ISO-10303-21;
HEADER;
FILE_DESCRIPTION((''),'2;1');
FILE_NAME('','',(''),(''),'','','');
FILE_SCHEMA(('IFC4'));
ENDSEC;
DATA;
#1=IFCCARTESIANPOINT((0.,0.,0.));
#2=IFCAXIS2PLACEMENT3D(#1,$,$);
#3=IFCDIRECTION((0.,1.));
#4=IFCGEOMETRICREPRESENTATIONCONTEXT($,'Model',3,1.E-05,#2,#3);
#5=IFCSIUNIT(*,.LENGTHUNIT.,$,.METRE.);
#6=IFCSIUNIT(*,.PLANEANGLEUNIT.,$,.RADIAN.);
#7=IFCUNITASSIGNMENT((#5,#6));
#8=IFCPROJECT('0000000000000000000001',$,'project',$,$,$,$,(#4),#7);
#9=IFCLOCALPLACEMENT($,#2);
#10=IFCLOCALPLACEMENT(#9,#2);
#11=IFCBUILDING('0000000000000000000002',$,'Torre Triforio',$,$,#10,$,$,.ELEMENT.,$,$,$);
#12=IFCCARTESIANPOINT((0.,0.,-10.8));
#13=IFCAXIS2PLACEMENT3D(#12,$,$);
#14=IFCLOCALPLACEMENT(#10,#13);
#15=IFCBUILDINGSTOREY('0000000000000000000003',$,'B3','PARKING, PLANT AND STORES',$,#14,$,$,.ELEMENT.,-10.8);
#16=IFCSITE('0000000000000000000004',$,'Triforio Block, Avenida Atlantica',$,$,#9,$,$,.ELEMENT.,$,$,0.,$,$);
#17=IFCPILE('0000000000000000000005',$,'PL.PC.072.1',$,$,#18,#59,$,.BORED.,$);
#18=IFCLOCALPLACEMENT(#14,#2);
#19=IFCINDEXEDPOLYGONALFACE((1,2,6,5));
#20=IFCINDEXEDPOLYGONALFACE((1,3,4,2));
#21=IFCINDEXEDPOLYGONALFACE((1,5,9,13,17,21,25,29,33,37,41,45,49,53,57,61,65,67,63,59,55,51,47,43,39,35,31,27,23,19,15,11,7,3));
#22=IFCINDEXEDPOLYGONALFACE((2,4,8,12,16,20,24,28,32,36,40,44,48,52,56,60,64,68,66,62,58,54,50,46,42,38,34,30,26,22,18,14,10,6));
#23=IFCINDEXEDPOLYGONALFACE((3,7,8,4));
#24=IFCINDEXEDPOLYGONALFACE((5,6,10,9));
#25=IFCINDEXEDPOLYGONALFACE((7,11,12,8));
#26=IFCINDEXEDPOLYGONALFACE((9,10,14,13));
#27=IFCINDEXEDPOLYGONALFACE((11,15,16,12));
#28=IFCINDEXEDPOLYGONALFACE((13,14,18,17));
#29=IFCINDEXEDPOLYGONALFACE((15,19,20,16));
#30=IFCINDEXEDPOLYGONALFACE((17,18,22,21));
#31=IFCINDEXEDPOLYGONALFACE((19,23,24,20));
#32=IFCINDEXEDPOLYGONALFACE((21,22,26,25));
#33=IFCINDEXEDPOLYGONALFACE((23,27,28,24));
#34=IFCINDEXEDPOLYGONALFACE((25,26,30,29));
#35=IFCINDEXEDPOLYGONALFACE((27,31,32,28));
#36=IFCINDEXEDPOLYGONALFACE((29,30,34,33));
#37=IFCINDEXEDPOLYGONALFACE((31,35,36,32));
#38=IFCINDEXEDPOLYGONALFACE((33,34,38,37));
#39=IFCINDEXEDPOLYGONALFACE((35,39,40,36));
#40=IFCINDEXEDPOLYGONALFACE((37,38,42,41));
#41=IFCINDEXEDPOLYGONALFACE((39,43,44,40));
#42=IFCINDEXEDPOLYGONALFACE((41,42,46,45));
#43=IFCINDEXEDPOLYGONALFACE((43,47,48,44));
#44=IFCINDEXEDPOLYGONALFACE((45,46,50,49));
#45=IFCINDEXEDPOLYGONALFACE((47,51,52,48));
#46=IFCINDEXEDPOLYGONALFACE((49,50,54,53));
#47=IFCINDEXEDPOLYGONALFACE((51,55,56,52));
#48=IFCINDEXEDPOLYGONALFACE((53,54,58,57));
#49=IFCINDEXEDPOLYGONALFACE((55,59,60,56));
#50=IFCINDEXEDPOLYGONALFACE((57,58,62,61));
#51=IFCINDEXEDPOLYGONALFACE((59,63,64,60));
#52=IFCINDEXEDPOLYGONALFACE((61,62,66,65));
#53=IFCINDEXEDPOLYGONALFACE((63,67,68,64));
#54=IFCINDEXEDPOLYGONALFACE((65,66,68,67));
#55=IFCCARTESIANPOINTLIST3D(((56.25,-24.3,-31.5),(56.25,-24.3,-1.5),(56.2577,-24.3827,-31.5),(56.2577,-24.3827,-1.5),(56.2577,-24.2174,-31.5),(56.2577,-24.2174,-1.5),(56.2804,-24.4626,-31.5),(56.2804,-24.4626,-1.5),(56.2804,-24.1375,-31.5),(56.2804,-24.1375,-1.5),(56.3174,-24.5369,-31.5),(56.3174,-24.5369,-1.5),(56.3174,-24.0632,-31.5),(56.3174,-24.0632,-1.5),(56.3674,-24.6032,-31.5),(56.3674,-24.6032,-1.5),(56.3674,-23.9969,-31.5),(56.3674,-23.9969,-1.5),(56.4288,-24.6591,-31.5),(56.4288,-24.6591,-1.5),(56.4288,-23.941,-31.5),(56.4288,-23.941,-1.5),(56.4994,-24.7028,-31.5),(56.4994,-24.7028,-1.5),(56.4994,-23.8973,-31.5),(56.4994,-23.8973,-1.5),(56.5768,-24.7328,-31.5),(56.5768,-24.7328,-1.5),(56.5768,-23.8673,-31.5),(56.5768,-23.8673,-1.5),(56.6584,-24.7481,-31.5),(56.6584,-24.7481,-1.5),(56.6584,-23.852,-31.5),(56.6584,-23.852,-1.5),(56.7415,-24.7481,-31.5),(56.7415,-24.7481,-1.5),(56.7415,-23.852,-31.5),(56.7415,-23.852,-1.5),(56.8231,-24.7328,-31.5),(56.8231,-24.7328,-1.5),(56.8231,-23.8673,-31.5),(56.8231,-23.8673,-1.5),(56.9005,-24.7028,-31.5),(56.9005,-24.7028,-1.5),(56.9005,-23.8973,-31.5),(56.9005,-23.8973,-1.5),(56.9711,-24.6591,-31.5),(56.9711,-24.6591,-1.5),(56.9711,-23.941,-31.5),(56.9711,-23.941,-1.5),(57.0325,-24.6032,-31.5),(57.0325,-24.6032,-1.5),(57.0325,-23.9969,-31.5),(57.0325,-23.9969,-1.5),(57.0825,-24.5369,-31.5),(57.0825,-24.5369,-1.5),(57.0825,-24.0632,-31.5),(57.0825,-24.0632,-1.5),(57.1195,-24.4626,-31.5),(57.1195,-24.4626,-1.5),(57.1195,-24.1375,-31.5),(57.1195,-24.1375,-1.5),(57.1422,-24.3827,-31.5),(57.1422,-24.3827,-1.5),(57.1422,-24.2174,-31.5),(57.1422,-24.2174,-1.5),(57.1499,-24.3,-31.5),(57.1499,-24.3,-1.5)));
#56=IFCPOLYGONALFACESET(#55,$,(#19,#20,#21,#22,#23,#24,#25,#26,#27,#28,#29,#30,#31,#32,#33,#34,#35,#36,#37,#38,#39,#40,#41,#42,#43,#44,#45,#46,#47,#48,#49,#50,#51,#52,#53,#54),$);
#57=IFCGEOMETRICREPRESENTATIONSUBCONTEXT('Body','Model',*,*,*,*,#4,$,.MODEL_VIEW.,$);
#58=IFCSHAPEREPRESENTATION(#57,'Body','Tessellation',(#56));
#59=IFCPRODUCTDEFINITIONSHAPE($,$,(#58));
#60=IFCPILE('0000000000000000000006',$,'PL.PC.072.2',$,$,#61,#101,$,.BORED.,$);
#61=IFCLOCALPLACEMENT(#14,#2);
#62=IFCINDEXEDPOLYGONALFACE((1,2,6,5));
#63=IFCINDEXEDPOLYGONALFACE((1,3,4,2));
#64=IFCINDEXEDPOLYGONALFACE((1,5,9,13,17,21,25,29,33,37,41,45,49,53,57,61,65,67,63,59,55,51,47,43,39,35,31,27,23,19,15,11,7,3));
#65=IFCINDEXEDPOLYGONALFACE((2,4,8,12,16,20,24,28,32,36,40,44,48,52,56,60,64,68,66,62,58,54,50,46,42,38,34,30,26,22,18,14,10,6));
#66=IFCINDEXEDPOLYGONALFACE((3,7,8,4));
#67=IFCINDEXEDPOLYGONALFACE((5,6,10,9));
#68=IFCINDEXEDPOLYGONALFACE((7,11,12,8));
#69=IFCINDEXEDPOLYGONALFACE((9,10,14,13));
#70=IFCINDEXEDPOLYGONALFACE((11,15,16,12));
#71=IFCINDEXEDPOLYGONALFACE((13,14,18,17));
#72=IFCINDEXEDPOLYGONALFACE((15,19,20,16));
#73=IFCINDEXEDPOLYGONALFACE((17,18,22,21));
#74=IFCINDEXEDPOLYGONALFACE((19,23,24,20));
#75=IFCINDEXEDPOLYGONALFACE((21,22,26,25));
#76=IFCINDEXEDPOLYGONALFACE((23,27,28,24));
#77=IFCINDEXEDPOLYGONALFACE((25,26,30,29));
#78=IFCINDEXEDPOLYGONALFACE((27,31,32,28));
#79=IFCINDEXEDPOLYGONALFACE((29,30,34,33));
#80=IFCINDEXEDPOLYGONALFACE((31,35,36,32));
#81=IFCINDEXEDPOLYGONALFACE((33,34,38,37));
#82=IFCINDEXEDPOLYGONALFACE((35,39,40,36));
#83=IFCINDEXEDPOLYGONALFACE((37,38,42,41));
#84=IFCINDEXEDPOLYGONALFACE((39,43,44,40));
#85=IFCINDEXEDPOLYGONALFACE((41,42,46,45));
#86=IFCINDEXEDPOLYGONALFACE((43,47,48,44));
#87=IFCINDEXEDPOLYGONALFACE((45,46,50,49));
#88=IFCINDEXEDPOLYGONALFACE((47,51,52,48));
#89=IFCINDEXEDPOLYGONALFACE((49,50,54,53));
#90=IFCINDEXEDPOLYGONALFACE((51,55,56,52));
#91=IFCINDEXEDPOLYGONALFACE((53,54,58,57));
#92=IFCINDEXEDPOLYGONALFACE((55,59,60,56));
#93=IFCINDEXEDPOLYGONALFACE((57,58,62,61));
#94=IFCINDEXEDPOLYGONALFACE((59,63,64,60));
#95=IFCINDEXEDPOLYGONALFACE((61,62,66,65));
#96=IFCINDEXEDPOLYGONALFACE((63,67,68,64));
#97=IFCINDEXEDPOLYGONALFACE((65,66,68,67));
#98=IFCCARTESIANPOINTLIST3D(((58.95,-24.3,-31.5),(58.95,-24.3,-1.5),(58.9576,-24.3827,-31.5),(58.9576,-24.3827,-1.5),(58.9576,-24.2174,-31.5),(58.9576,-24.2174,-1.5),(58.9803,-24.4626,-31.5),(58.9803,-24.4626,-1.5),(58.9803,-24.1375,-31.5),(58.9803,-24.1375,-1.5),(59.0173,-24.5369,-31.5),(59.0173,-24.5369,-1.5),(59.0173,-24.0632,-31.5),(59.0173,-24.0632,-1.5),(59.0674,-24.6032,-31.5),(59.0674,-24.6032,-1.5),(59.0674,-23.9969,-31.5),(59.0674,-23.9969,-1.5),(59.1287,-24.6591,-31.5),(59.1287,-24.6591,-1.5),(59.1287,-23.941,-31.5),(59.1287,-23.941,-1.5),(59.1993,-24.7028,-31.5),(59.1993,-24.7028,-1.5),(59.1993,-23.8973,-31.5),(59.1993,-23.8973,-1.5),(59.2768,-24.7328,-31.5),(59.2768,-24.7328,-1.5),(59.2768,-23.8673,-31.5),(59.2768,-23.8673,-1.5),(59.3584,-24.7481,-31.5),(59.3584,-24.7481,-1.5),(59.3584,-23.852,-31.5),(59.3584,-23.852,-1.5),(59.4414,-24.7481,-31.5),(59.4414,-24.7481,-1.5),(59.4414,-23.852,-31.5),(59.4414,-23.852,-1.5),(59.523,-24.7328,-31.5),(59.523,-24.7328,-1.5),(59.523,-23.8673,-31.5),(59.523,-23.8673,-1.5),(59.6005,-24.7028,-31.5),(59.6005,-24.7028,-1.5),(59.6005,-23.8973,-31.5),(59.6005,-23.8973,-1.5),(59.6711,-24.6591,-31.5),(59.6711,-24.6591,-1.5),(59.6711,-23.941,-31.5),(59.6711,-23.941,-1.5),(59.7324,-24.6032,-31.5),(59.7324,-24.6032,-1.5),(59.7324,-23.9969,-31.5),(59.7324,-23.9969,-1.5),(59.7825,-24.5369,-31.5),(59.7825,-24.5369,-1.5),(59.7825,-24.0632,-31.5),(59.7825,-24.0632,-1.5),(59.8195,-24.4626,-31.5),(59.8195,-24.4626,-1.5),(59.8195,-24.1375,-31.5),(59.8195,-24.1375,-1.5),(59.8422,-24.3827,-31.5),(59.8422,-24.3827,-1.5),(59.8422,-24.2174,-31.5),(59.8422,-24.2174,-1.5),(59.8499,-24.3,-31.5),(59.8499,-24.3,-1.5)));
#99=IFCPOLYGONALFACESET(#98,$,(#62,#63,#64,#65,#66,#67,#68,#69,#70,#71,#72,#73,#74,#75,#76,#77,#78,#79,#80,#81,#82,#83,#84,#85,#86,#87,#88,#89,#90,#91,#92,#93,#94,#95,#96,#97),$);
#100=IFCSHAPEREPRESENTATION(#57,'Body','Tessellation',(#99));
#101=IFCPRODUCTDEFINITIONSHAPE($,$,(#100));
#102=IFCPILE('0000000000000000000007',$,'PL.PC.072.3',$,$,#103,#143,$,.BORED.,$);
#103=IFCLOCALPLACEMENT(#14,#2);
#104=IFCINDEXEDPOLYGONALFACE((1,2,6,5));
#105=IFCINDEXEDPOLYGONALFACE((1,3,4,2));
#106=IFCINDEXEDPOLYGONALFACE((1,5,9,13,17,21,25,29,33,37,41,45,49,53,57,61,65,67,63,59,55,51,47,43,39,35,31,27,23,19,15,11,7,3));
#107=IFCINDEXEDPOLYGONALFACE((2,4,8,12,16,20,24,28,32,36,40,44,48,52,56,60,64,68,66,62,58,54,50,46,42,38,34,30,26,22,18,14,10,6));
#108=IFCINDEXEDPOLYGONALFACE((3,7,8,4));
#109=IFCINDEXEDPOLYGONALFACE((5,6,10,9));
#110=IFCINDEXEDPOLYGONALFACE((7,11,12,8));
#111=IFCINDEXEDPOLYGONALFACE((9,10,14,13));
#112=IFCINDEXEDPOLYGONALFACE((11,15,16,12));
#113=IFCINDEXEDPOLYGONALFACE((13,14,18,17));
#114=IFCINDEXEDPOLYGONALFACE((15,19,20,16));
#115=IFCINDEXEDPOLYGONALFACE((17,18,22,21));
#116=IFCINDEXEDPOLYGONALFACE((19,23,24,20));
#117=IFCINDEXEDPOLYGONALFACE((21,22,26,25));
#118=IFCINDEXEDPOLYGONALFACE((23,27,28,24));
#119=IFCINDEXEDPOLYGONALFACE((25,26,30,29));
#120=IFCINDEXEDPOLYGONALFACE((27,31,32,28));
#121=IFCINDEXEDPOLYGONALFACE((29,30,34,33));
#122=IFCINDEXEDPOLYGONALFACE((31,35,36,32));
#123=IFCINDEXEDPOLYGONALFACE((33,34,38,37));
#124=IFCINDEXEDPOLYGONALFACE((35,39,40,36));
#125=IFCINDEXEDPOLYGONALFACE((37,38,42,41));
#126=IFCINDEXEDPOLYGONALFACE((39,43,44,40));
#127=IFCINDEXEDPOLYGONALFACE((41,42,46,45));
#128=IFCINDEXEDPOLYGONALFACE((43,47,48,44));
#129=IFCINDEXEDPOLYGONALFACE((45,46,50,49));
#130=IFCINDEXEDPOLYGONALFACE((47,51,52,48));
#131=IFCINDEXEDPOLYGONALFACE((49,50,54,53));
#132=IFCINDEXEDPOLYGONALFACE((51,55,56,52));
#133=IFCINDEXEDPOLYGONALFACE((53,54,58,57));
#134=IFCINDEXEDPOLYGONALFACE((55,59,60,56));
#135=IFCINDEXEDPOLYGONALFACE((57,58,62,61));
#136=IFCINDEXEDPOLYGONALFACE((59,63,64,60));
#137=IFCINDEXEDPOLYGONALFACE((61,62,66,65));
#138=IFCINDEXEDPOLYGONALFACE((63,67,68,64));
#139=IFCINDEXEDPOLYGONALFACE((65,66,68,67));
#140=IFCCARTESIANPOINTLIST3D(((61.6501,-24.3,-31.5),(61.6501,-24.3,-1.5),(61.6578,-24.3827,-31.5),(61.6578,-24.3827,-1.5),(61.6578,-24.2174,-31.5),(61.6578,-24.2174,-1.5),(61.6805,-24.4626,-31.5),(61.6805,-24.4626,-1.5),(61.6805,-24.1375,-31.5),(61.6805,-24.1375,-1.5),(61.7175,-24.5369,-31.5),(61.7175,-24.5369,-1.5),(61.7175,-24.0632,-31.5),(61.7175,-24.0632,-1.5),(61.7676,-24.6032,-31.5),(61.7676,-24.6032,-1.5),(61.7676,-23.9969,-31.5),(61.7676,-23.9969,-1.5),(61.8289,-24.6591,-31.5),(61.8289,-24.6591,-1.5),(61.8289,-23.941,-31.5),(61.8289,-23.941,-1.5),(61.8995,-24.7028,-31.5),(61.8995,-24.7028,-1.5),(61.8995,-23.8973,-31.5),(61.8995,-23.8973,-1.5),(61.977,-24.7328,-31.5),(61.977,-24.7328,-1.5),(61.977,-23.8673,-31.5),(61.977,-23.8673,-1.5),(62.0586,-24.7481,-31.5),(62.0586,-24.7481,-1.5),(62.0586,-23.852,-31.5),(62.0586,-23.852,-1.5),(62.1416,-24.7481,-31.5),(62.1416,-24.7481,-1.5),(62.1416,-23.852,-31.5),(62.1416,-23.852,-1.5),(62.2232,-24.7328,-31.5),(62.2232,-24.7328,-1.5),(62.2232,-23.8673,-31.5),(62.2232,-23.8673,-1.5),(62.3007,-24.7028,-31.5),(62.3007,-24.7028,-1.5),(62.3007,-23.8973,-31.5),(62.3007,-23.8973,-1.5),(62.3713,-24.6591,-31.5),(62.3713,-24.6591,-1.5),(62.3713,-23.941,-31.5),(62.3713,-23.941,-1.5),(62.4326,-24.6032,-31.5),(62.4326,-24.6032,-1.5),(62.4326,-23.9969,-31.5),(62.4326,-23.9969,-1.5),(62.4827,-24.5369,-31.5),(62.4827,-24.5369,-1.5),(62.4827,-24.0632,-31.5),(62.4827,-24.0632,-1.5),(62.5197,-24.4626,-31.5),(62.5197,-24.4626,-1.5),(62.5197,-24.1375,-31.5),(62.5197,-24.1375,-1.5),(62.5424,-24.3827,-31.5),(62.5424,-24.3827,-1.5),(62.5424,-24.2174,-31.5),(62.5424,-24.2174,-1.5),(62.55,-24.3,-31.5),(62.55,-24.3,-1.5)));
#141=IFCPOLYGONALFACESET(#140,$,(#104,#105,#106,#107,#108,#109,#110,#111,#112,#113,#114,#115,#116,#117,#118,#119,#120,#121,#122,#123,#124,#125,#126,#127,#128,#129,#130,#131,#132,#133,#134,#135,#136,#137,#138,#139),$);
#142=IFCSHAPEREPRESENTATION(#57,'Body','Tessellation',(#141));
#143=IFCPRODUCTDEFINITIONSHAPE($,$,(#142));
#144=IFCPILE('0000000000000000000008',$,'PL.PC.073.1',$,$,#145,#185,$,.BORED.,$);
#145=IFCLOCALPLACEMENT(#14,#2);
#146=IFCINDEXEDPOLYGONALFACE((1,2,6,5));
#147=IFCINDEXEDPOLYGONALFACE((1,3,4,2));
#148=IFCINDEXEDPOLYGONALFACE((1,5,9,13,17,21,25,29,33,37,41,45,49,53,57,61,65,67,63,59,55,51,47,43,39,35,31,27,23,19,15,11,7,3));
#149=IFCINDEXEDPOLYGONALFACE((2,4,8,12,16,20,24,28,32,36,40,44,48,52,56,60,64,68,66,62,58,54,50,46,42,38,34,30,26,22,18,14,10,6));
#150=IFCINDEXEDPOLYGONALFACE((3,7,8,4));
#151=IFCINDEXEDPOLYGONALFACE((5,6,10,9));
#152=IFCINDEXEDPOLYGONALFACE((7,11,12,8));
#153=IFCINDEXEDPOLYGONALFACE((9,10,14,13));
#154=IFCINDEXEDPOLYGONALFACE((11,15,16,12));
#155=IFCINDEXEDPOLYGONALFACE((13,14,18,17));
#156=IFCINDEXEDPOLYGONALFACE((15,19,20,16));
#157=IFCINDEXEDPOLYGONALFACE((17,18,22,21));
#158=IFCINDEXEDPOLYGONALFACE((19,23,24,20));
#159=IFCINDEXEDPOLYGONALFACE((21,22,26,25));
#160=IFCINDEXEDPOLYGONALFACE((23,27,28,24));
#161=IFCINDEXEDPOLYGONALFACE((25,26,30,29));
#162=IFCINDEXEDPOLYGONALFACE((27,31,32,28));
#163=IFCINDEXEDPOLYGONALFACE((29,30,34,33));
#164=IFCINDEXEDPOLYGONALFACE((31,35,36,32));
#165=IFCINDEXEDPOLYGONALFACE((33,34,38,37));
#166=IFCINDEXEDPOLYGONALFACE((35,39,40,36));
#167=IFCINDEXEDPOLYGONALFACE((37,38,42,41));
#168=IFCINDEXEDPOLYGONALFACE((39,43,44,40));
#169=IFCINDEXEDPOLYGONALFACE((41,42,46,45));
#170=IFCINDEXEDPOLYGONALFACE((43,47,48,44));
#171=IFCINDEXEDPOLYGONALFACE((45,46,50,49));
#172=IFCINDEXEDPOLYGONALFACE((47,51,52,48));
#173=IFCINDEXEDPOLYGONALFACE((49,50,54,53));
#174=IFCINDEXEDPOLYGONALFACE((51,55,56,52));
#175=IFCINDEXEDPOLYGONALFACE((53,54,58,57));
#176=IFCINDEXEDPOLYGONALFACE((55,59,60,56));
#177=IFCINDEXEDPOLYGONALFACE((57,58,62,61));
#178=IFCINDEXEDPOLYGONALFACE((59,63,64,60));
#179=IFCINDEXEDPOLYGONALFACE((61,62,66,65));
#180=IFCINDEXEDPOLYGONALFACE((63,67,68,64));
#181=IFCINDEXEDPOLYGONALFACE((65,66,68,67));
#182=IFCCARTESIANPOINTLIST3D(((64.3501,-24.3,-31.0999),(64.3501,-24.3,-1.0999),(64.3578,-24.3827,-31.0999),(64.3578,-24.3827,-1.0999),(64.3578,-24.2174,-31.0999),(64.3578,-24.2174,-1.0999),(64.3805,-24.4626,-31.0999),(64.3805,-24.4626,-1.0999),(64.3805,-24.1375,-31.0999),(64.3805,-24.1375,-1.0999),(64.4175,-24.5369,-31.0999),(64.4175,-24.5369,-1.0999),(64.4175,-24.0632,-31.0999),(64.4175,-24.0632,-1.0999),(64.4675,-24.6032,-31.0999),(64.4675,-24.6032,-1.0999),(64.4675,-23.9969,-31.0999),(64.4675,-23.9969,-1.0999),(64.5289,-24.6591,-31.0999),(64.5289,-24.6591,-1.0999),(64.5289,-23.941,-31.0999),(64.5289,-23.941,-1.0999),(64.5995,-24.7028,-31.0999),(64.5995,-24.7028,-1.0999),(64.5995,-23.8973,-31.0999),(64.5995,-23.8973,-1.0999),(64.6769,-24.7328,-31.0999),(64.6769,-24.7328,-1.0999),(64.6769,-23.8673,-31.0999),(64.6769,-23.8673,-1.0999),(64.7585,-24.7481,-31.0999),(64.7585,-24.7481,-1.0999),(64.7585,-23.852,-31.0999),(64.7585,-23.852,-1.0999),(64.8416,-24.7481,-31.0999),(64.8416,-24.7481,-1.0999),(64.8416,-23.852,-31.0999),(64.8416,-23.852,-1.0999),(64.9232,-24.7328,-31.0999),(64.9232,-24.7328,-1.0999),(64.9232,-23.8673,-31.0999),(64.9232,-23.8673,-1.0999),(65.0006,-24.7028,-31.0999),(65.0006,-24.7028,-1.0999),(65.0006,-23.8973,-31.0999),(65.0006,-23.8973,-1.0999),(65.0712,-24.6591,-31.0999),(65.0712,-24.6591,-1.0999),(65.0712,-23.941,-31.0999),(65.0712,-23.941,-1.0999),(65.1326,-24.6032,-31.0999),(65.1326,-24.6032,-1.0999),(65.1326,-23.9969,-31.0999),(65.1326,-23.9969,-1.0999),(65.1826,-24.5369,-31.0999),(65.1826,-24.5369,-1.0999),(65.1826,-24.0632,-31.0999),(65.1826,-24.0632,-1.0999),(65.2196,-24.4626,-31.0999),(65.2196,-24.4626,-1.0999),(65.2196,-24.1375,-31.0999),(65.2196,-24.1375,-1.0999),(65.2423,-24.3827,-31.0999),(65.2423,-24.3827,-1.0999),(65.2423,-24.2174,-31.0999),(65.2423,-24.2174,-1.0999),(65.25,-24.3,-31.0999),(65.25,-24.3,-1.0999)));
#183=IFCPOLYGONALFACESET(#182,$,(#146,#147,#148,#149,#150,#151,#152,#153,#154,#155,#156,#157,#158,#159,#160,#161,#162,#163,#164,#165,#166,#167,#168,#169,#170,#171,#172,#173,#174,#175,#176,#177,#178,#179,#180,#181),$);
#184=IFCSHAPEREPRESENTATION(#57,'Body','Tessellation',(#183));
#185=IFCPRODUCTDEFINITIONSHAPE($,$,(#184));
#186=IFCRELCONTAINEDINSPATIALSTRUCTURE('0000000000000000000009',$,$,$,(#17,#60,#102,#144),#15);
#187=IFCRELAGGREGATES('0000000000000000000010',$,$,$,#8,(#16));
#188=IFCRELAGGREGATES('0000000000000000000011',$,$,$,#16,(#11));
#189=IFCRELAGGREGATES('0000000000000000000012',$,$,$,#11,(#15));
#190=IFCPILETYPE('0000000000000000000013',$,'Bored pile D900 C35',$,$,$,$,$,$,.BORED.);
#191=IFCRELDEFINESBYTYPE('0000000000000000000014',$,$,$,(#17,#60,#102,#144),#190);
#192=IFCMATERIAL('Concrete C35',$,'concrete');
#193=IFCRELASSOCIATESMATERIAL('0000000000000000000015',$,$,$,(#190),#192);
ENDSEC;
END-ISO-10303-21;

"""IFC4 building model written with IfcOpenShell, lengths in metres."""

from ifc_helpers import new_model, si_unit, direction, frame, origin, origin_2d, place, context, subcontext, project, spatial, circle, extrude, material, material_profile, profile_set, type_object, element, save


model = new_model("IFC4")

# Units and contexts
model_context = context("Model", 3, precision=1e-05, world=origin(), true_north=direction((0.0, 1.0)))
body_context = subcontext(model_context, "Body", "Model", "MODEL_VIEW")
ifc_project = project(units=[si_unit("LENGTHUNIT", "METRE"), si_unit("PLANEANGLEUNIT", "RADIAN")], contexts=[model_context])

# Site, building, storey
site_placement = place(None, origin())
site = spatial("IfcSite", under=ifc_project, at=site_placement, Name="Triforio Block, Avenida Atlantica", CompositionType="ELEMENT", RefElevation=0.0)
building_placement = place(site_placement, origin())
building = spatial("IfcBuilding", under=site, at=building_placement, Name="Torre Triforio", CompositionType="ELEMENT")
storey_placement = place(building_placement, frame((0.0, 0.0, -10.8)))
storey = spatial("IfcBuildingStorey", under=building, at=storey_placement, Name="B3", Description="PARKING, PLANT AND STORES", CompositionType="ELEMENT", Elevation=-10.8)

# Piles
ifc_material_1 = material(Name="Concrete C35", Category="concrete")
ifc_material_profile_1 = material_profile(ifc_material_1, circle(Radius=0.45, at=origin_2d()), Name="RC D900")
ifc_profile_set_1 = profile_set([ifc_material_profile_1], Name="Concrete C35")
pile_type = type_object("IfcPileType", Name="Bored pile D900 C35", PredefinedType="BORED", material=ifc_profile_set_1)
for number, where, z_axis, x_axis, name in (
    (1, (56.7, -24.3, -1.5), (0.0, 0.0, -1.0), (1.0, 0.0, 0.0), "PL.PC.072.1"),
    (2, (59.3999, -24.3, -1.5), (0.0, 0.0, -1.0), (1.0, 0.0, 0.0), "PL.PC.072.2"),
    (3, (62.1001, -24.3, -1.5), (0.0, 0.0, -1.0), (1.0, 0.0, 0.0), "PL.PC.072.3"),
    (4, (64.8, -24.3, -1.0999), (0.0, 0.0, -1.0), (1.0, 0.0, 0.0), "PL.PC.073.1"),
):
    element("IfcPile", number, at=place(storey_placement, frame(where, z_axis=z_axis, x_axis=x_axis)), inside=storey, type_object=pile_type, Name=name, PredefinedType="BORED", context=body_context, shape_type="SweptSolid", body=[
        extrude(circle(Radius=0.45, at=origin_2d()), origin(), (0.0, 0.0, 1.0), 30.0),
    ])

save(model, "model.ifc")
